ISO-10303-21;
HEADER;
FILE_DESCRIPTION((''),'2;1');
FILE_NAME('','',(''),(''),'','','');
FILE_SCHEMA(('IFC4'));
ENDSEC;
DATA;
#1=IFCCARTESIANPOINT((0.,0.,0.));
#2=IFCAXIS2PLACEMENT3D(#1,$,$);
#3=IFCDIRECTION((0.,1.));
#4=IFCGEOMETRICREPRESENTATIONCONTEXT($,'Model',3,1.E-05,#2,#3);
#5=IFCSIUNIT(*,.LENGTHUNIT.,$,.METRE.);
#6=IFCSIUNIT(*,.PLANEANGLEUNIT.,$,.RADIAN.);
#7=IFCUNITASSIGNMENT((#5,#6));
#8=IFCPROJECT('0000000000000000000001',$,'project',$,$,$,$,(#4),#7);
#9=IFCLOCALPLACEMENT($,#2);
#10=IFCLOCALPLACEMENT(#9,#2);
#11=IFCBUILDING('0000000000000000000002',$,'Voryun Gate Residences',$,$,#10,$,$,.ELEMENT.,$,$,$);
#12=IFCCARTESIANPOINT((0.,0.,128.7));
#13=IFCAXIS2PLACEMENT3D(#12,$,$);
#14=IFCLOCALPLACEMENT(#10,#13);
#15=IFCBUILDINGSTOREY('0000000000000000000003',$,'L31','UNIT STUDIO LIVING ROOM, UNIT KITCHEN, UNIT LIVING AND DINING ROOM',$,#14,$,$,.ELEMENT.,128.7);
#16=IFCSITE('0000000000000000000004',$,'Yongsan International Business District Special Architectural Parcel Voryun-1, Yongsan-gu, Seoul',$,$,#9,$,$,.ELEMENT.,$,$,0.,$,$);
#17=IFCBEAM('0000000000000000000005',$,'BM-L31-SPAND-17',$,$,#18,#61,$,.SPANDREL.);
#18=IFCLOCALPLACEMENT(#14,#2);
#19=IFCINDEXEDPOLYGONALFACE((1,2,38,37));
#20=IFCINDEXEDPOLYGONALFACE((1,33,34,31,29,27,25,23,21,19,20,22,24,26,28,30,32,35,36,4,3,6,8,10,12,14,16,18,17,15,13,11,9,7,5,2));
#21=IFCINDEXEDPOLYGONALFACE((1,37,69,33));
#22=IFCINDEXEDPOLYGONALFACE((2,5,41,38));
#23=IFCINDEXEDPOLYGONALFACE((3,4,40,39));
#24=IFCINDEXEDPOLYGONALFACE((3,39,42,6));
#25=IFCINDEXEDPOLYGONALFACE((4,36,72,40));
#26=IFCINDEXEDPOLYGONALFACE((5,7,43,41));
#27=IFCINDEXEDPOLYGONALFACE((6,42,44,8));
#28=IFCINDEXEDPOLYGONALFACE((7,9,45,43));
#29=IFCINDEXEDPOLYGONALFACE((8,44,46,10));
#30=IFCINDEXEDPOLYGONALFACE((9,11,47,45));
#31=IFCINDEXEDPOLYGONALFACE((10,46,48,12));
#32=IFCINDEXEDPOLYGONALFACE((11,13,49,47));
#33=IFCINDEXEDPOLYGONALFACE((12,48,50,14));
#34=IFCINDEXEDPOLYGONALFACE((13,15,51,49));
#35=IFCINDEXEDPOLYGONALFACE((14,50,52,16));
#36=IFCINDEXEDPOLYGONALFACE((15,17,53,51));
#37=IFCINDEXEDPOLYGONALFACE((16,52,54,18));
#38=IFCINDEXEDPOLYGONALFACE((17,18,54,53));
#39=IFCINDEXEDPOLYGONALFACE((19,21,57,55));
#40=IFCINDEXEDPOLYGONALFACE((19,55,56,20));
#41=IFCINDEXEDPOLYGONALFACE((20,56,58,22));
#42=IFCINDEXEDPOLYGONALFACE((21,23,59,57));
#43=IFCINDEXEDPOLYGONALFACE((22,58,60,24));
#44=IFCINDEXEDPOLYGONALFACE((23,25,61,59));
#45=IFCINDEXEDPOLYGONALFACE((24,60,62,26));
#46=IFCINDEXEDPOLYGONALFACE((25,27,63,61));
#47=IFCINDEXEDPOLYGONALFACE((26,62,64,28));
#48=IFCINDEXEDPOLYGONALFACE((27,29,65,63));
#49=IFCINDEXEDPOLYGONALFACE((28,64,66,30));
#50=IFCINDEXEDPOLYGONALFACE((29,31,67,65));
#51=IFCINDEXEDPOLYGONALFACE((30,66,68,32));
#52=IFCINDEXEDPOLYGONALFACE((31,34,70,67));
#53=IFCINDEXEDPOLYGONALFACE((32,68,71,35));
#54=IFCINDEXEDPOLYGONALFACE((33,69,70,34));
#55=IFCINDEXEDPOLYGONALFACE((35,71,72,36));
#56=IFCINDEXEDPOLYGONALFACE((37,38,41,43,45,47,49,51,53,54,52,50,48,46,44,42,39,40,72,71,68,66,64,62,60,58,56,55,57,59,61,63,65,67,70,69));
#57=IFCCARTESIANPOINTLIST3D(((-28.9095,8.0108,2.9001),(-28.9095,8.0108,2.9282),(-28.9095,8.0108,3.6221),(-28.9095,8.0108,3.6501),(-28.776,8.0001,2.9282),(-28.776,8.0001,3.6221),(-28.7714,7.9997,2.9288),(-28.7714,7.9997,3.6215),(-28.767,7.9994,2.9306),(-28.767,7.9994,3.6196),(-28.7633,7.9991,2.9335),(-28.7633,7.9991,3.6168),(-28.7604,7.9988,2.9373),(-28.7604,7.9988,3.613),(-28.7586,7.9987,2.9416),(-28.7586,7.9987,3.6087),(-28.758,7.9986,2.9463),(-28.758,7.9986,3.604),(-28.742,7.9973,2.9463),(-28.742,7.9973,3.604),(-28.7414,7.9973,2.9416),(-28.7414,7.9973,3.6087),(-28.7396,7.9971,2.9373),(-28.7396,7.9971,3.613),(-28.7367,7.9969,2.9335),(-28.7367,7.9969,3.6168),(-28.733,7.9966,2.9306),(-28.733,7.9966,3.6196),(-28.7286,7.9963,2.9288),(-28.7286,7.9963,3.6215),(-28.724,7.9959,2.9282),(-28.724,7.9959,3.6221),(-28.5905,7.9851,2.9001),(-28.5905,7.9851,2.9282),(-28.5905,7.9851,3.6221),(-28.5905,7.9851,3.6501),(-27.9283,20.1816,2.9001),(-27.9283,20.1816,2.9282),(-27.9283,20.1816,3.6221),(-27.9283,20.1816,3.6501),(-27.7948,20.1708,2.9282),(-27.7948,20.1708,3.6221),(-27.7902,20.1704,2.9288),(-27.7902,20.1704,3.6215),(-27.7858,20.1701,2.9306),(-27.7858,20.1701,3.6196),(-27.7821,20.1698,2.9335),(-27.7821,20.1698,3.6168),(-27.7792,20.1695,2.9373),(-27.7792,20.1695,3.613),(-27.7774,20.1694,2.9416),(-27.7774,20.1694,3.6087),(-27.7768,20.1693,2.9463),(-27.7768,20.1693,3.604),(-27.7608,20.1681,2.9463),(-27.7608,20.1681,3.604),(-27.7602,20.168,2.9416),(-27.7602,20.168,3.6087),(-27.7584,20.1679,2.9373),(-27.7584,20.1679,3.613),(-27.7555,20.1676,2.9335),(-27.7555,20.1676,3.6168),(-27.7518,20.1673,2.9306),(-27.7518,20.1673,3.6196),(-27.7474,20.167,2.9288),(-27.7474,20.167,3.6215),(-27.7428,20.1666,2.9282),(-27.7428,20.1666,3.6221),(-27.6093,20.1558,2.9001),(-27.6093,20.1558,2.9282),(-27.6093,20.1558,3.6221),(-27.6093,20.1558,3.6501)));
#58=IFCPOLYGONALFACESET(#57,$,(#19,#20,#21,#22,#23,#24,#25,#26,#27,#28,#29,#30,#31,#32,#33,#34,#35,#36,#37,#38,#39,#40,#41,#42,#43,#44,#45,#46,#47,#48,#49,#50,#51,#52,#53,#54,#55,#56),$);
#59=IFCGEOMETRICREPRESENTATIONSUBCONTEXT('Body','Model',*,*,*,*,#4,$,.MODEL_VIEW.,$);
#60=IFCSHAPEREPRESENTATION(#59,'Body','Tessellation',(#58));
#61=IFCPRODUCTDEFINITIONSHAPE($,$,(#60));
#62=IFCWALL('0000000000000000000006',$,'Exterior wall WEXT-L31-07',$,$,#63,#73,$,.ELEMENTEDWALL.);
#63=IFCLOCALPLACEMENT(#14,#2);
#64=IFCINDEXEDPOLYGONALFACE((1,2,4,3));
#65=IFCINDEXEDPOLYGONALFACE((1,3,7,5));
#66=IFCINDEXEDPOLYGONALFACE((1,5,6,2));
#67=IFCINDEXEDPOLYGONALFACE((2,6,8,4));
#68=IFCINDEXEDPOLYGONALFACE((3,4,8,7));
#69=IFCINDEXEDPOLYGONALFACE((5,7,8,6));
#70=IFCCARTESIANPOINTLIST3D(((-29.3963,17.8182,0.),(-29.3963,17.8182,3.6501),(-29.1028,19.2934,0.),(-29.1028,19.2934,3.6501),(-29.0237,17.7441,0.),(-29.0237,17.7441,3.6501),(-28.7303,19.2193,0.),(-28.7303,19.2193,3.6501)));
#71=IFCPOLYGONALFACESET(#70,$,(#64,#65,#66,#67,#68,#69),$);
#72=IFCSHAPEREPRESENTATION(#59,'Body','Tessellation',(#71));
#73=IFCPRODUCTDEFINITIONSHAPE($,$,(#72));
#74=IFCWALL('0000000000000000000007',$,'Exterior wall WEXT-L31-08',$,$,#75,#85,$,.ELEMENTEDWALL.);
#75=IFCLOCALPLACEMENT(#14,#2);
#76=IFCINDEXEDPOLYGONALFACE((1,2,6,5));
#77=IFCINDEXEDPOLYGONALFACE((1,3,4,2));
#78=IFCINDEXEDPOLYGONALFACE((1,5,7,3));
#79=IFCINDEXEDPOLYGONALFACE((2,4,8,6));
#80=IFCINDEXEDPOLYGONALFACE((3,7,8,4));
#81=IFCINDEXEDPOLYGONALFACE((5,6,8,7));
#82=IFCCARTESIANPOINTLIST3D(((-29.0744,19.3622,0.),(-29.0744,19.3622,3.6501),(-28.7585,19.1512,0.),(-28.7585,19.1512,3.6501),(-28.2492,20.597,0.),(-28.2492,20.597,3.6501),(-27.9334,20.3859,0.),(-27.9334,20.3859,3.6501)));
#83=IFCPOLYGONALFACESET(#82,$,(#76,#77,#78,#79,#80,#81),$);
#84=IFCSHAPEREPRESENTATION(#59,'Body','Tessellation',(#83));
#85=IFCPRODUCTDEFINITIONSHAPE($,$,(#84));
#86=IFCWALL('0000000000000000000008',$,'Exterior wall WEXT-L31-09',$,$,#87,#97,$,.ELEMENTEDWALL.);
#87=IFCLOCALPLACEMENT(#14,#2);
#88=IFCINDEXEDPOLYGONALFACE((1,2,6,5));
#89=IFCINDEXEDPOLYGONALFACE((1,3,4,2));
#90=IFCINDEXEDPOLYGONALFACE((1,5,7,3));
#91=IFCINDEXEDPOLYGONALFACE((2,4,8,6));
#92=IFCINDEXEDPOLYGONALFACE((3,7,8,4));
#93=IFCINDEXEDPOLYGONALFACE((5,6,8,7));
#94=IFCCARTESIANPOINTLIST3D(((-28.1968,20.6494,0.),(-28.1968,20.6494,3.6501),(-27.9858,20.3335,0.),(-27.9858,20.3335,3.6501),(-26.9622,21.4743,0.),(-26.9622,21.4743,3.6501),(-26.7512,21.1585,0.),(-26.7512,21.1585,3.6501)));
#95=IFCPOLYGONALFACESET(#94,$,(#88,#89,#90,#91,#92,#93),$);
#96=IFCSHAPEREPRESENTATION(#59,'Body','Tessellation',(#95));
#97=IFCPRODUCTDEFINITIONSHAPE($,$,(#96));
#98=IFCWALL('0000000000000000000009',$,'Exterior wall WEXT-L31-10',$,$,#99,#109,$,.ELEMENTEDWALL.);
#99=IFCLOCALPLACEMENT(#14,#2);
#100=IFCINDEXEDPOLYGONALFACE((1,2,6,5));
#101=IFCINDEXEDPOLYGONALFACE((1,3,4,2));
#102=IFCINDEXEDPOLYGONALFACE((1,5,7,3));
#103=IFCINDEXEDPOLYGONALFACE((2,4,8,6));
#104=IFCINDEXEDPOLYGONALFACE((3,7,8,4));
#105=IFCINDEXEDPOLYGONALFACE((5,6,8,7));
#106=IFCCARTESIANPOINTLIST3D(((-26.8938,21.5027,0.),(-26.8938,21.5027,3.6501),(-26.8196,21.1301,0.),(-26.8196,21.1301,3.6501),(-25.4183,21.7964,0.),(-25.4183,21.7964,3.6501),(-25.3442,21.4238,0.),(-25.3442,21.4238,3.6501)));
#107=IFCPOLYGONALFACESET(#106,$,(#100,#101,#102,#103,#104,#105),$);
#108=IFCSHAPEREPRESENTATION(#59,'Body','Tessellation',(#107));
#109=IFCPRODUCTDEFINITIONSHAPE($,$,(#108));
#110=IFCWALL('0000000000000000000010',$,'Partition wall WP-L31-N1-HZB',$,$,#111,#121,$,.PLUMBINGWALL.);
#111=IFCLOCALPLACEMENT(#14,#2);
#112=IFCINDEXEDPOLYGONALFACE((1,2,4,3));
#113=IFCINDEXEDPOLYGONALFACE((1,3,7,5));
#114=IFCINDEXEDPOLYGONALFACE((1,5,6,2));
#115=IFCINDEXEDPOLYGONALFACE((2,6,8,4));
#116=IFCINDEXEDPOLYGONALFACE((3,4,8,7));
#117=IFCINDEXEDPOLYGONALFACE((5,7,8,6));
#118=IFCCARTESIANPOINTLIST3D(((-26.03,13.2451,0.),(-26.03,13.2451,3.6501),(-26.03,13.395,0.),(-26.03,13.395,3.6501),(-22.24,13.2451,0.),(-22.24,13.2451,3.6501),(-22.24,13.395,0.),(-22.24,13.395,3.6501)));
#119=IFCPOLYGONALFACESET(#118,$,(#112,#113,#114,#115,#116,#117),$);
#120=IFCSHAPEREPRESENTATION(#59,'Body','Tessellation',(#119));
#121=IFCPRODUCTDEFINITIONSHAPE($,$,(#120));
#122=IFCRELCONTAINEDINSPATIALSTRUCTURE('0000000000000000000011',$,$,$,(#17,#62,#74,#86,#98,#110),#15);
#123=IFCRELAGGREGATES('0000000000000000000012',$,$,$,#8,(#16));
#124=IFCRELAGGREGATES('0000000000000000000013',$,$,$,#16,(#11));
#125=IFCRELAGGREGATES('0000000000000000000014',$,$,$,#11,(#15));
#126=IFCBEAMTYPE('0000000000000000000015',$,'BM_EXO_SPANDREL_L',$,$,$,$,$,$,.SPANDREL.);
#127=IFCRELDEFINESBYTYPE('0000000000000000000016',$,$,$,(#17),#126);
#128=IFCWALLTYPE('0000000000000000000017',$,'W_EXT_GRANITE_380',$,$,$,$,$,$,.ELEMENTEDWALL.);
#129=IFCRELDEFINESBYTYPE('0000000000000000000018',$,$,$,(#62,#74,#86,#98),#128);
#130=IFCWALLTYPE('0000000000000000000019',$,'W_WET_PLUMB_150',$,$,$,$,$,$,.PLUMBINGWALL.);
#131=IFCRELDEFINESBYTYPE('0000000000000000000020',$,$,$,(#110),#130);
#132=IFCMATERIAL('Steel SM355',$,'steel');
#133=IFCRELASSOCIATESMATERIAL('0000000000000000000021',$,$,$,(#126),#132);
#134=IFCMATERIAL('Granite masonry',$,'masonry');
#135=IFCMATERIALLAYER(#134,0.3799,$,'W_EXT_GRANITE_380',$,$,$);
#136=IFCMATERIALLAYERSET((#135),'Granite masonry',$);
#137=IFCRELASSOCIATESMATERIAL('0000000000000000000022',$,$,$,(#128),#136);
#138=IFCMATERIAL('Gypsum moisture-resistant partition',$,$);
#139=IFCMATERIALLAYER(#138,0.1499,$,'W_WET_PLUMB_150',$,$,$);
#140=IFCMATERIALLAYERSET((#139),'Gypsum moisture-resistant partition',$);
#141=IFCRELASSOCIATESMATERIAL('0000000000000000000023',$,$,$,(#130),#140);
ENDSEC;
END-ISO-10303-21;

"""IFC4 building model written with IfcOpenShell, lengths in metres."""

from ifc_helpers import new_model, si_unit, direction, frame, frame_2d, origin, origin_2d, place, context, subcontext, project, spatial, rectangle, i_section, extrude, material, layer, layer_set, material_profile, profile_set, type_object, element, save


model = new_model("IFC4")

# Units and contexts
model_context = context("Model", 3, precision=1e-05, world=origin(), true_north=direction((0.0, 1.0)))
body_context = subcontext(model_context, "Body", "Model", "MODEL_VIEW")
ifc_project = project(units=[si_unit("LENGTHUNIT", "METRE"), si_unit("PLANEANGLEUNIT", "RADIAN")], contexts=[model_context])

# Site, building, storey
site_placement = place(None, origin())
site = spatial("IfcSite", under=ifc_project, at=site_placement, Name="Yongsan International Business District Special Architectural Parcel Voryun-1, Yongsan-gu, Seoul", CompositionType="ELEMENT", RefElevation=0.0)
building_placement = place(site_placement, origin())
building = spatial("IfcBuilding", under=site, at=building_placement, Name="Voryun Gate Residences", CompositionType="ELEMENT")
storey_placement = place(building_placement, frame((0.0, 0.0, 128.7)))
storey = spatial("IfcBuildingStorey", under=building, at=storey_placement, Name="L31", Description="UNIT STUDIO LIVING ROOM, UNIT KITCHEN, UNIT LIVING AND DINING ROOM", CompositionType="ELEMENT", Elevation=128.7)

# Beam
ifc_material_1 = material(Name="Steel SM355", Category="steel")
ifc_material_profile_1 = material_profile(ifc_material_1, i_section(OverallWidth=0.3201, OverallDepth=0.75, WebThickness=0.0161, FlangeThickness=0.0281, FilletRadius=0.0181, at=origin_2d()), Name="H-750x320x16x28")
ifc_profile_set_1 = profile_set([ifc_material_profile_1], Name="Steel SM355")
beam_type = type_object("IfcBeamType", Name="BM_EXO_SPANDREL_L", PredefinedType="SPANDREL", material=ifc_profile_set_1)
beam_1_placement = place(storey_placement, frame((-27.7688, 20.1687, 3.2751), z_axis=(-0.08036, -0.996766, 0.0), x_axis=(0.996766, -0.08036, 0.0)))
element("IfcBeam", 1, at=beam_1_placement, inside=storey, type_object=beam_type, Name="BM-L31-SPAND-17", PredefinedType="SPANDREL", context=body_context, shape_type="SweptSolid", body=[
    extrude(i_section(OverallWidth=0.3201, OverallDepth=0.75, WebThickness=0.0161, FlangeThickness=0.0281, FilletRadius=0.0181, at=origin_2d()), origin(), (0.0, 0.0, 1.0), 12.2102),
])

# Walls
ifc_material_2 = material(Name="Granite masonry", Category="masonry")
ifc_layer_1 = layer(ifc_material_2, 0.3799, Name="W_EXT_GRANITE_380")
ifc_layer_set_1 = layer_set([ifc_layer_1], Name="Granite masonry")
wall_type_1 = type_object("IfcWallType", Name="W_EXT_GRANITE_380", PredefinedType="ELEMENTEDWALL", material=ifc_layer_set_1)
wall_1_placement = place(storey_placement, frame((-29.21, 17.7812, 0.0), z_axis=(0.0, 0.0, 1.0), x_axis=(0.195086, 0.980786, 0.0)))
element("IfcWall", 2, at=wall_1_placement, inside=storey, type_object=wall_type_1, Name="Exterior wall WEXT-L31-07", PredefinedType="ELEMENTEDWALL", context=body_context, shape_type="SweptSolid", body=[
    extrude(rectangle(XDim=1.5042, YDim=0.3799, at=frame_2d((0.752, 0.0))), origin(), (0.0, 0.0, 1.0), 3.6501),
])
wall_2_placement = place(storey_placement, frame((-28.9165, 19.2566, 0.0), z_axis=(0.0, 0.0, 1.0), x_axis=(0.55561, 0.831443, 0.0)))
element("IfcWall", 3, at=wall_2_placement, inside=storey, type_object=wall_type_1, Name="Exterior wall WEXT-L31-08", PredefinedType="ELEMENTEDWALL", context=body_context, shape_type="SweptSolid", body=[
    extrude(rectangle(XDim=1.4851, YDim=0.3799, at=frame_2d((0.7427, 0.0))), origin(), (0.0, 0.0, 1.0), 3.6501),
])
wall_3_placement = place(storey_placement, frame((-28.0913, 20.4915, 0.0), z_axis=(0.0, 0.0, 1.0), x_axis=(0.831468, 0.555573, 0.0)))
element("IfcWall", 4, at=wall_3_placement, inside=storey, type_object=wall_type_1, Name="Exterior wall WEXT-L31-09", PredefinedType="ELEMENTEDWALL", context=body_context, shape_type="SweptSolid", body=[
    extrude(rectangle(XDim=1.4849, YDim=0.3799, at=frame_2d((0.7424, 0.0))), origin(), (0.0, 0.0, 1.0), 3.6501),
])
wall_4_placement = place(storey_placement, frame((-26.8567, 21.3164, 0.0), z_axis=(0.0, 0.0, 1.0), x_axis=(0.980755, 0.195242, 0.0)))
element("IfcWall", 5, at=wall_4_placement, inside=storey, type_object=wall_type_1, Name="Exterior wall WEXT-L31-10", PredefinedType="ELEMENTEDWALL", context=body_context, shape_type="SweptSolid", body=[
    extrude(rectangle(XDim=1.5044, YDim=0.3799, at=frame_2d((0.7522, 0.0))), origin(), (0.0, 0.0, 1.0), 3.6501),
])

# Wall
ifc_material_3 = material(Name="Gypsum moisture-resistant partition")
ifc_layer_2 = layer(ifc_material_3, 0.1499, Name="W_WET_PLUMB_150")
ifc_layer_set_2 = layer_set([ifc_layer_2], Name="Gypsum moisture-resistant partition")
wall_type_2 = type_object("IfcWallType", Name="W_WET_PLUMB_150", PredefinedType="PLUMBINGWALL", material=ifc_layer_set_2)
wall_5_placement = place(storey_placement, frame((-26.03, 13.3201, 0.0), z_axis=(0.0, 0.0, 1.0), x_axis=(1.0, 0.0, 0.0)))
element("IfcWall", 6, at=wall_5_placement, inside=storey, type_object=wall_type_2, Name="Partition wall WP-L31-N1-HZB", PredefinedType="PLUMBINGWALL", context=body_context, shape_type="SweptSolid", body=[
    extrude(rectangle(XDim=3.79, YDim=0.1499, at=frame_2d((1.895, 0.0))), origin(), (0.0, 0.0, 1.0), 3.6501),
])

save(model, "model.ifc")
